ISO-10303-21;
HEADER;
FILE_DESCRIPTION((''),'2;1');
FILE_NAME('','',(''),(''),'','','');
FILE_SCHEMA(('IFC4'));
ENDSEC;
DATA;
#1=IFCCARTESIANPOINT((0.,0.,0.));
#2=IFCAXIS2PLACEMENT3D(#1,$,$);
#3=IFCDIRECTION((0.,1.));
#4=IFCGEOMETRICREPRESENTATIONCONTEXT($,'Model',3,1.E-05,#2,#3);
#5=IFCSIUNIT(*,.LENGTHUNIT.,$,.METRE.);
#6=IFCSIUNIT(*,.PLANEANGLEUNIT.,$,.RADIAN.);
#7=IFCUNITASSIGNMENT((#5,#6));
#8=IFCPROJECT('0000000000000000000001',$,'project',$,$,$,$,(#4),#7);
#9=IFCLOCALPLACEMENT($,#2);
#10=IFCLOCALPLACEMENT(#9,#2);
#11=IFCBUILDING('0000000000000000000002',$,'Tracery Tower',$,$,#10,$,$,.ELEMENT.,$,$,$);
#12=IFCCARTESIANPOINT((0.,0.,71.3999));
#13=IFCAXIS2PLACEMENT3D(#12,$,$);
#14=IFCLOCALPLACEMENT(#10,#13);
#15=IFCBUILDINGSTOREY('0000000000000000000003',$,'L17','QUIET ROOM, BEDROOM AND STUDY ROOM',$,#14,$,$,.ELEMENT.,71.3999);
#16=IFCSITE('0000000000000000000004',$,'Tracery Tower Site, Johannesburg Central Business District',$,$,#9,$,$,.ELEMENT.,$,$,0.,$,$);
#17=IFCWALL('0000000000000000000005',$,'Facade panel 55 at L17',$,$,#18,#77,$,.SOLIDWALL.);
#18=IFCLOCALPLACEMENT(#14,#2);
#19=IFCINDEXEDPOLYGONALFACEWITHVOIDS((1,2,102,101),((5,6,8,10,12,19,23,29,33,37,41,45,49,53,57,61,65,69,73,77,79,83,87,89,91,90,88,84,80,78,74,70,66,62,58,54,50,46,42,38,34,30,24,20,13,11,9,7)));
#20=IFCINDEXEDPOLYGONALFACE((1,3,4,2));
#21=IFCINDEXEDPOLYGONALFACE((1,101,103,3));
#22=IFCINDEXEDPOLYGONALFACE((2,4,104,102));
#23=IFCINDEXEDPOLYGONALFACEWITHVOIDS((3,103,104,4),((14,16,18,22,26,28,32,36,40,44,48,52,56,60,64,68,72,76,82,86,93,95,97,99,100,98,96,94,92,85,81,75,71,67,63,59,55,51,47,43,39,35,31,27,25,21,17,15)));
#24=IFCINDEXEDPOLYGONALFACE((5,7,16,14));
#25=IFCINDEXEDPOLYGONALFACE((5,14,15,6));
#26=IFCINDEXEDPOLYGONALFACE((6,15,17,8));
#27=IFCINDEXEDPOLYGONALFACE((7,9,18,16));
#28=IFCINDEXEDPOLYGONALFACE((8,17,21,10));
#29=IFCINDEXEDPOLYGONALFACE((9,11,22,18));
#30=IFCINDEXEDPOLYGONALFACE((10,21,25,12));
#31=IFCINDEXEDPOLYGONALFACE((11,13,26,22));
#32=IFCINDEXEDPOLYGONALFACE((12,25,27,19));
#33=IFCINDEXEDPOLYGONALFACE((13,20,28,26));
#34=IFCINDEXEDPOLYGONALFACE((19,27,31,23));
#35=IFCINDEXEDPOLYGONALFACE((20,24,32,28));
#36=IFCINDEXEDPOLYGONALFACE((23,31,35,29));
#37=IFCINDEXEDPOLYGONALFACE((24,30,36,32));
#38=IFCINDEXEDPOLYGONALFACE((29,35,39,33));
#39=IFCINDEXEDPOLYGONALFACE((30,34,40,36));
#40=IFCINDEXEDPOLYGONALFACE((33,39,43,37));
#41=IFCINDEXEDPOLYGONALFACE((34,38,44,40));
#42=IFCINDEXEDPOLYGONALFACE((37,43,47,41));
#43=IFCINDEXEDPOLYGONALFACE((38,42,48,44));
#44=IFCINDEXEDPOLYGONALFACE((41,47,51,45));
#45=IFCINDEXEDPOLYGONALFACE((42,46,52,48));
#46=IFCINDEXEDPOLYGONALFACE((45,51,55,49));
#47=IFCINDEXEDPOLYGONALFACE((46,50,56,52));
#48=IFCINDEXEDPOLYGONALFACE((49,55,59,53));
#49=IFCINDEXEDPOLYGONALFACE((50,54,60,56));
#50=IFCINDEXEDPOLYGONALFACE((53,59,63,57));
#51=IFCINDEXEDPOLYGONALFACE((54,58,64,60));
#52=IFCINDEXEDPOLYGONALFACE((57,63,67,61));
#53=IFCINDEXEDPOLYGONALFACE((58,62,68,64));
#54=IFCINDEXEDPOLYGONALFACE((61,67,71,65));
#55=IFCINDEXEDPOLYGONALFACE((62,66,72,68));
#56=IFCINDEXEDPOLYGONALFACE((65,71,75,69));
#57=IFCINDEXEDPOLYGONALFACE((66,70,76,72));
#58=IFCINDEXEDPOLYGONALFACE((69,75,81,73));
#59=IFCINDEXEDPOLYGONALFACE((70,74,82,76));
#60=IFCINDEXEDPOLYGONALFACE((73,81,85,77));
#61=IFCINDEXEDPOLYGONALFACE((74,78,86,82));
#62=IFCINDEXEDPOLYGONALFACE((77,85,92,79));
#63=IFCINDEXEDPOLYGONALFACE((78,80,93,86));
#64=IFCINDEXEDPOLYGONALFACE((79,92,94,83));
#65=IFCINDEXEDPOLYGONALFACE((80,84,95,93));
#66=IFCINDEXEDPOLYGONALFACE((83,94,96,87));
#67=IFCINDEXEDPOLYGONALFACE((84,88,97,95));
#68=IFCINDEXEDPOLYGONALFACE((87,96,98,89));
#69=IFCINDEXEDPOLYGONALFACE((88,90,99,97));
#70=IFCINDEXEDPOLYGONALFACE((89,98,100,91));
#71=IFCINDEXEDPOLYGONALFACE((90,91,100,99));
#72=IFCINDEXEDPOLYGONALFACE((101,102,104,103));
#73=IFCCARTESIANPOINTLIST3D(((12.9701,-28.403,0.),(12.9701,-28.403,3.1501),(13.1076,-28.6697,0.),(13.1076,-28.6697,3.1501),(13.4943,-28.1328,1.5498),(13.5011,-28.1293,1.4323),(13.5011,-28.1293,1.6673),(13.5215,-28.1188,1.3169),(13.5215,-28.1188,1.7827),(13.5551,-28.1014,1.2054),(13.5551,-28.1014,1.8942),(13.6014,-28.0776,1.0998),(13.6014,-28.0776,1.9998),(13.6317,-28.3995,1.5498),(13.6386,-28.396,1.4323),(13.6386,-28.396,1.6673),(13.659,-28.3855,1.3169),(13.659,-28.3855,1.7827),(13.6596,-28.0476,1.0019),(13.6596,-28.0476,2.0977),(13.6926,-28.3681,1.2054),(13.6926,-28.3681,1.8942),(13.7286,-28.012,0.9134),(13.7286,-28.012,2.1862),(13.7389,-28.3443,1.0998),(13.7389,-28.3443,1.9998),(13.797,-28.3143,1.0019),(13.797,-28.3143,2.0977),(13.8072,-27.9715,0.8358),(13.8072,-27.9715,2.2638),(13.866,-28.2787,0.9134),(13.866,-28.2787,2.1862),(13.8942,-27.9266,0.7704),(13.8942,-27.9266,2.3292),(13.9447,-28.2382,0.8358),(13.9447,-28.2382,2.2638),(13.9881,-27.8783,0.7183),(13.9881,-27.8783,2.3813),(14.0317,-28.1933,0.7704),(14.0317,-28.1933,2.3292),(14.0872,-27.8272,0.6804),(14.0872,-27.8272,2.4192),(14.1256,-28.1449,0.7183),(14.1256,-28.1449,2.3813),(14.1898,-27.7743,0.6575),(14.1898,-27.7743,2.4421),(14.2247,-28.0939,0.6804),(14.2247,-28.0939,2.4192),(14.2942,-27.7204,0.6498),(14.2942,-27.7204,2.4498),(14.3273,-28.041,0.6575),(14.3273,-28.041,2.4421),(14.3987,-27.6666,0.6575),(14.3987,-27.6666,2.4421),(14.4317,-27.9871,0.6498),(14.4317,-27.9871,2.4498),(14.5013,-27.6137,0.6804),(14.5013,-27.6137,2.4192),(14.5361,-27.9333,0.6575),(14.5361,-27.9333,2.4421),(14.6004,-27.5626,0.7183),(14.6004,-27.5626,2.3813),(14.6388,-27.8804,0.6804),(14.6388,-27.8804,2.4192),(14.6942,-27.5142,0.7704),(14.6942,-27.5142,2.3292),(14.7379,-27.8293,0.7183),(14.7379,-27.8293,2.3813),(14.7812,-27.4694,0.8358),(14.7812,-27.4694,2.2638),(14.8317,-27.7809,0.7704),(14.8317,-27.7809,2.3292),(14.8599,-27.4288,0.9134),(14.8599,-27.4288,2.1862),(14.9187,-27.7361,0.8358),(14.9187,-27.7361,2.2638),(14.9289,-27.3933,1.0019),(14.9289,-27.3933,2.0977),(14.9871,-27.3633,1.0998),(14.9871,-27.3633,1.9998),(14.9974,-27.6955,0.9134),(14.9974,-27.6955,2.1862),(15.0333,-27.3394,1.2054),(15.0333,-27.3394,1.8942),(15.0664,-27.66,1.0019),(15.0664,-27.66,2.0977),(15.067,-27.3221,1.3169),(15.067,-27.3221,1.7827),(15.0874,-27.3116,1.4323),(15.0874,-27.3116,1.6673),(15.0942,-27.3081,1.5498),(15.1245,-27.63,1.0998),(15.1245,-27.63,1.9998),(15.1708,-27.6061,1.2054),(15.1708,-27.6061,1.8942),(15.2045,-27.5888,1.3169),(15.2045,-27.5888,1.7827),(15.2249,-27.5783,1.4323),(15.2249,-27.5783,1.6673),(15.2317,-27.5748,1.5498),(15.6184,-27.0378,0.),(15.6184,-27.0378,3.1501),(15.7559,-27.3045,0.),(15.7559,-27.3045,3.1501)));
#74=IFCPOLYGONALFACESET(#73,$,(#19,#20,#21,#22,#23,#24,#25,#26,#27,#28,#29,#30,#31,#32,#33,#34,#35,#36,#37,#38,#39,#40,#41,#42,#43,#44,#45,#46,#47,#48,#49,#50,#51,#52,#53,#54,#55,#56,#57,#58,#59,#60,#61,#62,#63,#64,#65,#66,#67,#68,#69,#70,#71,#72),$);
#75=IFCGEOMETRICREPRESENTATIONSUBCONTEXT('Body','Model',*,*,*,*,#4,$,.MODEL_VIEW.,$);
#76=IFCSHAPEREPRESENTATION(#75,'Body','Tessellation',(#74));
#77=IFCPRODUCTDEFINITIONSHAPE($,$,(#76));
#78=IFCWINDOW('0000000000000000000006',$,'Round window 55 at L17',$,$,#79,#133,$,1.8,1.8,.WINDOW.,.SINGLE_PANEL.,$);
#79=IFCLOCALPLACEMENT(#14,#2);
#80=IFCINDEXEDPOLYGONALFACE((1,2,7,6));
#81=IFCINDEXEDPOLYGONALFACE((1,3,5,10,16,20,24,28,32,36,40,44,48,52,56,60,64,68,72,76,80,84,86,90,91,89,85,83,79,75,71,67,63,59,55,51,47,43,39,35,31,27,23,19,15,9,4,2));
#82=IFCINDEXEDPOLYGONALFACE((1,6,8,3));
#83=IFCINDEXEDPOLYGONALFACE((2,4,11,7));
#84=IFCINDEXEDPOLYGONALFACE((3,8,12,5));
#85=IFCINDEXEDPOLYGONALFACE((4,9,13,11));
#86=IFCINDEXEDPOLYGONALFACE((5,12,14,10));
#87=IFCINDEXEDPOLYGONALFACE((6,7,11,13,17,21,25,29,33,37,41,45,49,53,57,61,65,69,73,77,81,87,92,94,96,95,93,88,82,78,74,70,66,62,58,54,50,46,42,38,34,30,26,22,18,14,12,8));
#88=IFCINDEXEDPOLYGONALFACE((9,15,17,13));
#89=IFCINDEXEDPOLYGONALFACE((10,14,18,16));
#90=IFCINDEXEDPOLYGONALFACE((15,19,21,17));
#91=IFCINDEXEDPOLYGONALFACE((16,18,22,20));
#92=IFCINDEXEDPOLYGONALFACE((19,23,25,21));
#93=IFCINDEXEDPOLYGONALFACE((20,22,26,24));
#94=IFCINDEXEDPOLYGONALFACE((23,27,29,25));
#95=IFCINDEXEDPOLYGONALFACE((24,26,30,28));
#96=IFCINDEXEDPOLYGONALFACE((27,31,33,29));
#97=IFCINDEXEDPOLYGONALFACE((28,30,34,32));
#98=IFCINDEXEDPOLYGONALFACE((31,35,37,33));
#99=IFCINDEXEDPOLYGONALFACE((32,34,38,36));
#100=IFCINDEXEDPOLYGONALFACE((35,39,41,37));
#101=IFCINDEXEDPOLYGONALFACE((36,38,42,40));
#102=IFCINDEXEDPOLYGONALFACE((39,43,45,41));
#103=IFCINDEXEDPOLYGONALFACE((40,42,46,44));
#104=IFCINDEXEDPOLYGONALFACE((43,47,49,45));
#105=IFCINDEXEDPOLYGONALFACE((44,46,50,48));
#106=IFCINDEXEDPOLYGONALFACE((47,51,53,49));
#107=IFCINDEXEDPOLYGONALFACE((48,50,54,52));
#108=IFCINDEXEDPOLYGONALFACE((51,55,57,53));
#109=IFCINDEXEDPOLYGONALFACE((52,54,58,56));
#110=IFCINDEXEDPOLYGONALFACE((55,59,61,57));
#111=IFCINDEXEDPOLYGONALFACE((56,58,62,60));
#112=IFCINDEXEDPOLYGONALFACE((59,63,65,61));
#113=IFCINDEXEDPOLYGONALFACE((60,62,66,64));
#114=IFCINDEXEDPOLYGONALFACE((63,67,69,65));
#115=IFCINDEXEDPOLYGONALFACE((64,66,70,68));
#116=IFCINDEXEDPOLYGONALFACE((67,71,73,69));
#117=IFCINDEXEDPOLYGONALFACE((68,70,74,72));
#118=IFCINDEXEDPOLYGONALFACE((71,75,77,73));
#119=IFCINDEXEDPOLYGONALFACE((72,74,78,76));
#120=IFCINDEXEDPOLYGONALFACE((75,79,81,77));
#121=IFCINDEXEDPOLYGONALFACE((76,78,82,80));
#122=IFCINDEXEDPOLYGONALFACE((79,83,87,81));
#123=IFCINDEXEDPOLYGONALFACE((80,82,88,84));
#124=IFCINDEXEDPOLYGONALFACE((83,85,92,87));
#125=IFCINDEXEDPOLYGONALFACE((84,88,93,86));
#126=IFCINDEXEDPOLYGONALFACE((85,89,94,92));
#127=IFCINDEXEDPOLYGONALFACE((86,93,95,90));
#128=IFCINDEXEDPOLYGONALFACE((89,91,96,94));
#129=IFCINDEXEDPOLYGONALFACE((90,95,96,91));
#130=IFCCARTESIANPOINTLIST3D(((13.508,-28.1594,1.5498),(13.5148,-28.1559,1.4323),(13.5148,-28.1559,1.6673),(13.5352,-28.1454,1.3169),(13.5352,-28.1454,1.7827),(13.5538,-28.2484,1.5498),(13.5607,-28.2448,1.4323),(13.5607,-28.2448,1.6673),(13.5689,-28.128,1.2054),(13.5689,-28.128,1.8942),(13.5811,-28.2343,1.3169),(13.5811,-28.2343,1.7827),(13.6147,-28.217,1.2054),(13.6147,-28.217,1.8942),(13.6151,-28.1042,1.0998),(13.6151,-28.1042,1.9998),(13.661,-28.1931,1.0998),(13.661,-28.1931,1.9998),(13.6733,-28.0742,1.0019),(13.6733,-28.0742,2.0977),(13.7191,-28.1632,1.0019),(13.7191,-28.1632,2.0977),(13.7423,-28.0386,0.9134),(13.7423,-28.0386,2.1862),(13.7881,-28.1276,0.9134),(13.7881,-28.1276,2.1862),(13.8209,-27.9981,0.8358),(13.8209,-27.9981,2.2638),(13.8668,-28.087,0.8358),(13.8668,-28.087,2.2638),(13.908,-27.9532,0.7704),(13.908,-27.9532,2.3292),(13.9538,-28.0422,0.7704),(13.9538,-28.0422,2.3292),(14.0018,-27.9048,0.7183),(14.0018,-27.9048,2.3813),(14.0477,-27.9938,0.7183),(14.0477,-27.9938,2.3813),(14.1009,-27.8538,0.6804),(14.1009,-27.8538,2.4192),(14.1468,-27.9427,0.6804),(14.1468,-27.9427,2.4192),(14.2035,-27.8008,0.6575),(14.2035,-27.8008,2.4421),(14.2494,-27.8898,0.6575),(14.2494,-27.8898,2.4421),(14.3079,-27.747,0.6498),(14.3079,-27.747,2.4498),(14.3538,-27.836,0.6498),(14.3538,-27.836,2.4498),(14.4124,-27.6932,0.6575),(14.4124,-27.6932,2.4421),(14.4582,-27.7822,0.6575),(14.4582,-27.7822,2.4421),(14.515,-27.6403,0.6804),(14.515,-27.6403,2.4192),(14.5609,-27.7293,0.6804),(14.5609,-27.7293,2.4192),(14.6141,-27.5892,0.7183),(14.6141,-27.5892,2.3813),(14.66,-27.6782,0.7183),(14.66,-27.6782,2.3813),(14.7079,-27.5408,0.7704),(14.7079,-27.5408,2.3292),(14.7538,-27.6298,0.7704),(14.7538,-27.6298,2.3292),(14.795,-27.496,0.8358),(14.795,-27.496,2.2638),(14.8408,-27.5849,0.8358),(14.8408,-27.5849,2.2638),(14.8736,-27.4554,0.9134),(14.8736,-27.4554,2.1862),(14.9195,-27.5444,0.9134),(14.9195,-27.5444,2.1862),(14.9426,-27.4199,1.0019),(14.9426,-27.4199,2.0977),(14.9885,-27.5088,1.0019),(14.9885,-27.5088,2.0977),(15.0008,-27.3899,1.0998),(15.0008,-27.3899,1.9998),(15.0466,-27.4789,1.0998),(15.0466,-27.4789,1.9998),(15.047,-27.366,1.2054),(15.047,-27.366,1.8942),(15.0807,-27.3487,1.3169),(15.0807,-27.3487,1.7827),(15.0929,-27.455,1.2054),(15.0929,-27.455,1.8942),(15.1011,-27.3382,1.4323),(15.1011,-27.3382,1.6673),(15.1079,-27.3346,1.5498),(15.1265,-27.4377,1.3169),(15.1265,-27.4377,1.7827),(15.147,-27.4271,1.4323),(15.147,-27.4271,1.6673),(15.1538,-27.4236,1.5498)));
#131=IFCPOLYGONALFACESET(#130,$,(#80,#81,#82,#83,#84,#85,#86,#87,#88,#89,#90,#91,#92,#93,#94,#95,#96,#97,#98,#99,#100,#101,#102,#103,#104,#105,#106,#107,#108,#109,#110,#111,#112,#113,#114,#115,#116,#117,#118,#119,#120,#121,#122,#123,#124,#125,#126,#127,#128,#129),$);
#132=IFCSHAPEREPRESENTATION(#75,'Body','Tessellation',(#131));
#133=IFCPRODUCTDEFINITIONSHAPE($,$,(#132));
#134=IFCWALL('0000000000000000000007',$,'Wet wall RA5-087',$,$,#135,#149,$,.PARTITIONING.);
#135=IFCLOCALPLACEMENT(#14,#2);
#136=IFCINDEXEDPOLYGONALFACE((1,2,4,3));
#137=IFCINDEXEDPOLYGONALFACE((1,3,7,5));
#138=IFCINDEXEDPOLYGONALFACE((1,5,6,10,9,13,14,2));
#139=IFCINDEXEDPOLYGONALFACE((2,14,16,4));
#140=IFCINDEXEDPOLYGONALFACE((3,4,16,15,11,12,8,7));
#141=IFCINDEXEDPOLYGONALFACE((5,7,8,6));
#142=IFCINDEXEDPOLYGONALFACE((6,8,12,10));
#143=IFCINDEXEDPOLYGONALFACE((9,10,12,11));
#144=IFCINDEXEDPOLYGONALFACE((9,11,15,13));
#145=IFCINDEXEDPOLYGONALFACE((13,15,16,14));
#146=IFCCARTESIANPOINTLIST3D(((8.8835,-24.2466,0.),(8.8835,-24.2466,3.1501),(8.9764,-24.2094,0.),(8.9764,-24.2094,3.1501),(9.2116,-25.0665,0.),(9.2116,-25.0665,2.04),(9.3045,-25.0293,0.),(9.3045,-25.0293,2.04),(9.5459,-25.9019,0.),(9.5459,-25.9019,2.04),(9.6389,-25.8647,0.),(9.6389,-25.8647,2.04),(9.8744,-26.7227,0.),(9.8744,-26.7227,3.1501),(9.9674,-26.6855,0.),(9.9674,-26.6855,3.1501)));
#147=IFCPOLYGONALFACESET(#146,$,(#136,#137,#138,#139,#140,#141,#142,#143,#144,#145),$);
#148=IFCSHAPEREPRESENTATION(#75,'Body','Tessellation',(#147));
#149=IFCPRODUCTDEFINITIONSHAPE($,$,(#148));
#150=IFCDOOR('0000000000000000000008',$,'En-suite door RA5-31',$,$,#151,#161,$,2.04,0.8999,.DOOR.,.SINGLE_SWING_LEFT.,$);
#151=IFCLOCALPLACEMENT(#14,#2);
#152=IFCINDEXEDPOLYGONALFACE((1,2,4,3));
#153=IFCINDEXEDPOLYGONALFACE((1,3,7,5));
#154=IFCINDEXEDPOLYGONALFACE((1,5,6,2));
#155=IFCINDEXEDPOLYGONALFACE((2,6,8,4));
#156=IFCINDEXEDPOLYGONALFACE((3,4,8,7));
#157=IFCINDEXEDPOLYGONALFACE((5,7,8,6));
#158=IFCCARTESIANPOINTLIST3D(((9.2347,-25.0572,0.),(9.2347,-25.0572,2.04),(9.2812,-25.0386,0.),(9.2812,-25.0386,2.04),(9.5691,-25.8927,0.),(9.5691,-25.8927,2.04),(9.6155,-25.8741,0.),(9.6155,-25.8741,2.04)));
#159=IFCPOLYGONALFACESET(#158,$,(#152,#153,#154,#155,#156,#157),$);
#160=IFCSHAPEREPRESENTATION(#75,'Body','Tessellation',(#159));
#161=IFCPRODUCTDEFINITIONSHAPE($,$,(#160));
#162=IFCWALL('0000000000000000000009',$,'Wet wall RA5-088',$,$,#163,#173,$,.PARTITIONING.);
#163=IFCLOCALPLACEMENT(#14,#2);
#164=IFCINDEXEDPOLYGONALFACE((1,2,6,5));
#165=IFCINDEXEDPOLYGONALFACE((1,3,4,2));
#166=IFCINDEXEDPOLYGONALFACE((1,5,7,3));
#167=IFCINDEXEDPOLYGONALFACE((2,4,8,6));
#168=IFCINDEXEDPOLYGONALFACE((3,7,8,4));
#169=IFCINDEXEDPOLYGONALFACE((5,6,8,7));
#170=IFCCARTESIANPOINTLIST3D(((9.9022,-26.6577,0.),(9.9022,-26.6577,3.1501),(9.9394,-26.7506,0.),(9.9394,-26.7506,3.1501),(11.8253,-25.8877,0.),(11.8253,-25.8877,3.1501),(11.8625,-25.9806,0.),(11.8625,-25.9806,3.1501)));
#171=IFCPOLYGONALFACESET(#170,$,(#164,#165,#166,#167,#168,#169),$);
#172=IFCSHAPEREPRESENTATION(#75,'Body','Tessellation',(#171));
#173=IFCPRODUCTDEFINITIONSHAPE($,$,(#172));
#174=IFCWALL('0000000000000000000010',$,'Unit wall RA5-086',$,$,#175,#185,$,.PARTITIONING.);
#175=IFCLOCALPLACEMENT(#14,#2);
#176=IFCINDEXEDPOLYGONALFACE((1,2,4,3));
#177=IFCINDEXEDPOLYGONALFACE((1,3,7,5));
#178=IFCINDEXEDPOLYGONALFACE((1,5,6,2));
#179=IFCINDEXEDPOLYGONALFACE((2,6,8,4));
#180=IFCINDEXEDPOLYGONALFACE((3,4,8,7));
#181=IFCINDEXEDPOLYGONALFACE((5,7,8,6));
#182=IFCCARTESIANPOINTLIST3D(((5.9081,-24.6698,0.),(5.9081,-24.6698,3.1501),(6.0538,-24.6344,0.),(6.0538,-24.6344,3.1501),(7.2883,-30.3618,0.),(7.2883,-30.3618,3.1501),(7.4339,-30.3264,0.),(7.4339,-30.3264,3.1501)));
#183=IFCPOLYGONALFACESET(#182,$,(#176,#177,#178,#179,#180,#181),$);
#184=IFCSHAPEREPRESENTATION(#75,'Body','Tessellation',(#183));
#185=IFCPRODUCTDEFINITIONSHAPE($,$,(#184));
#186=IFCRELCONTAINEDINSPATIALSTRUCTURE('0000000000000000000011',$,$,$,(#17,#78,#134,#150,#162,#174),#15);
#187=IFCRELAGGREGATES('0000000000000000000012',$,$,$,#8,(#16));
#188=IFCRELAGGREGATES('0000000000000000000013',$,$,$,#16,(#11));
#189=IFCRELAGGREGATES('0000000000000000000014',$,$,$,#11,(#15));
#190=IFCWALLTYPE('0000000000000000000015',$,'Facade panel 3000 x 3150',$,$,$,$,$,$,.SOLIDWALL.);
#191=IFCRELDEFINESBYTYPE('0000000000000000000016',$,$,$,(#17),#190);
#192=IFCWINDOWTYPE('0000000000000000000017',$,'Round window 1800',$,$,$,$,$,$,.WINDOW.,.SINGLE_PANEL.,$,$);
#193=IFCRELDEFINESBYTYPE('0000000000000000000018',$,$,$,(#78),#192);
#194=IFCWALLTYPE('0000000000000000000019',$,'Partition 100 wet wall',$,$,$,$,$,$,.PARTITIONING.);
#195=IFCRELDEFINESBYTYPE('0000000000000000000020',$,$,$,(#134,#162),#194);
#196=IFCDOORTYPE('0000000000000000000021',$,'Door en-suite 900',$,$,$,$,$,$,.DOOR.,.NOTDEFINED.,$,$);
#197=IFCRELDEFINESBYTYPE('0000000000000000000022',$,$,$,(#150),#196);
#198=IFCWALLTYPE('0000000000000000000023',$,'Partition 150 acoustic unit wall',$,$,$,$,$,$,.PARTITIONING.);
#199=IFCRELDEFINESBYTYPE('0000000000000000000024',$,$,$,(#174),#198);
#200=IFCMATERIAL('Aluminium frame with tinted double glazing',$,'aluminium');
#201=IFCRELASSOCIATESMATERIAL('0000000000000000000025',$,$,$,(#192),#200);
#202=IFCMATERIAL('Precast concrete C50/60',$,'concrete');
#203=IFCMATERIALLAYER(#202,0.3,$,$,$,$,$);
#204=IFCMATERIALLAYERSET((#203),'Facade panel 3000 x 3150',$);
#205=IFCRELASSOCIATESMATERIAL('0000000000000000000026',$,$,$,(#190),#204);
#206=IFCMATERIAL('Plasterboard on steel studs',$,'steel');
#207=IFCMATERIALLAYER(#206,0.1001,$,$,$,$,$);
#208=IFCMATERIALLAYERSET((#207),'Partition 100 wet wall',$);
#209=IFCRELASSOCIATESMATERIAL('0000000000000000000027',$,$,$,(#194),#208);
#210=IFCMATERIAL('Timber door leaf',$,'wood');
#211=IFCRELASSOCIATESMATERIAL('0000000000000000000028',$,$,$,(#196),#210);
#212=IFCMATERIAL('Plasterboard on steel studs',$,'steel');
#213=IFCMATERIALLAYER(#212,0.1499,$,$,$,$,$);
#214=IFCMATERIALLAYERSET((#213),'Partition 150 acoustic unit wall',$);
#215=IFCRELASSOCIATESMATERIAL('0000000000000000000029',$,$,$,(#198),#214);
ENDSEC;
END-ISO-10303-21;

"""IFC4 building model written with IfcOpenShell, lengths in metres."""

from ifc_helpers import new_model, si_unit, direction, frame, frame_2d, origin, origin_2d, place, context, subcontext, project, spatial, rectangle, circle, extrude, material, layer, layer_set, type_object, element, fill, save


model = new_model("IFC4")

# Units and contexts
model_context = context("Model", 3, precision=1e-05, world=origin(), true_north=direction((0.0, 1.0)))
body_context = subcontext(model_context, "Body", "Model", "MODEL_VIEW")
ifc_project = project(units=[si_unit("LENGTHUNIT", "METRE"), si_unit("PLANEANGLEUNIT", "RADIAN")], contexts=[model_context])

# Site, building, storey
site_placement = place(None, origin())
site = spatial("IfcSite", under=ifc_project, at=site_placement, Name="Tracery Tower Site, Johannesburg Central Business District", CompositionType="ELEMENT", RefElevation=0.0)
building_placement = place(site_placement, origin())
building = spatial("IfcBuilding", under=site, at=building_placement, Name="Tracery Tower", CompositionType="ELEMENT")
storey_placement = place(building_placement, frame((0.0, 0.0, 71.3999)))
storey = spatial("IfcBuildingStorey", under=building, at=storey_placement, Name="L17", Description="QUIET ROOM, BEDROOM AND STUDY ROOM", CompositionType="ELEMENT", Elevation=71.3999)

# Wall, opening, window
ifc_material_1 = material(Name="Aluminium frame with tinted double glazing", Category="aluminium")
window_type = type_object("IfcWindowType", Name="Round window 1800", PartitioningType="SINGLE_PANEL", PredefinedType="WINDOW", material=ifc_material_1)
ifc_material_2 = material(Name="Precast concrete C50/60", Category="concrete")
ifc_layer_1 = layer(ifc_material_2, 0.3)
ifc_layer_set_1 = layer_set([ifc_layer_1], Name="Facade panel 3000 x 3150")
wall_type_1 = type_object("IfcWallType", Name="Facade panel 3000 x 3150", PredefinedType="SOLIDWALL", material=ifc_layer_set_1)
wall_1_placement = place(storey_placement, frame((13.0388, -28.5364, 0.0), z_axis=(0.0, 0.0, 1.0), x_axis=(0.888853, 0.458192, 0.0)))
wall_1 = element("IfcWall", 1, at=wall_1_placement, inside=storey, type_object=wall_type_1, Name="Facade panel 55 at L17", PredefinedType="SOLIDWALL", context=body_context, shape_type="SweptSolid", body=[
    extrude(rectangle(XDim=2.9795, YDim=0.3, at=frame_2d((1.4897, 0.0))), origin(), (0.0, 0.0, 1.0), 3.1501),
])
opening_1_placement = place(wall_1_placement, frame((1.4897, 0.0, 1.5498)))
opening_1 = element("IfcOpeningElement", 2, at=opening_1_placement, cuts=wall_1, PredefinedType="OPENING", context=body_context, shape_type="SweptSolid", body=[
    extrude(circle(Radius=0.9, at=origin_2d()), frame((0.0, 0.1599, 0.0), z_axis=(0.0, -1.0, 0.0), x_axis=(1.0, 0.0, 0.0)), (0.0, 0.0, 1.0), 0.3201),
])
window_1_placement = place(opening_1_placement, origin())
window_1 = element("IfcWindow", 3, at=window_1_placement, inside=storey, type_object=window_type, Name="Round window 55 at L17", OverallHeight=1.8, OverallWidth=1.8, PartitioningType="SINGLE_PANEL", PredefinedType="WINDOW", context=body_context, shape_type="SweptSolid", body=[
    extrude(circle(Radius=0.9, at=origin_2d()), frame((0.0, 0.1201, 0.0), z_axis=(0.0, -1.0, 0.0), x_axis=(1.0, 0.0, 0.0)), (0.0, 0.0, 1.0), 0.1001),
])
fill(opening_1, window_1)

# Wall, opening, door
ifc_material_3 = material(Name="Plasterboard on steel studs", Category="steel")
ifc_layer_2 = layer(ifc_material_3, 0.1001)
ifc_layer_set_2 = layer_set([ifc_layer_2], Name="Partition 100 wet wall")
wall_type_2 = type_object("IfcWallType", Name="Partition 100 wet wall", PredefinedType="PARTITIONING", material=ifc_layer_set_2)
wall_2_placement = place(storey_placement, frame((8.9299, -24.228, 0.0), z_axis=(0.0, 0.0, 1.0), x_axis=(0.371564, -0.928407, 0.0)))
wall_2 = element("IfcWall", 4, at=wall_2_placement, inside=storey, type_object=wall_type_2, Name="Wet wall RA5-087", PredefinedType="PARTITIONING", context=body_context, shape_type="SweptSolid", body=[
    extrude(rectangle(XDim=2.667, YDim=0.1001, at=frame_2d((1.3335, 0.0))), origin(), (0.0, 0.0, 1.0), 3.1501),
])
opening_2_placement = place(wall_2_placement, frame((0.8831, 0.0, 0.0)))
opening_2 = element("IfcOpeningElement", 5, at=opening_2_placement, cuts=wall_2, PredefinedType="OPENING", context=body_context, shape_type="SweptSolid", body=[
    extrude(rectangle(XDim=0.8999, YDim=2.04, at=frame_2d((0.45, 1.02))), frame((0.0, 0.05, 0.0), z_axis=(0.0, -1.0, 0.0), x_axis=(1.0, 0.0, 0.0)), (0.0, 0.0, 1.0), 0.1001),
])
ifc_material_4 = material(Name="Timber door leaf", Category="wood")
door_type = type_object("IfcDoorType", Name="Door en-suite 900", OperationType="NOTDEFINED", PredefinedType="DOOR", material=ifc_material_4)
door_placement = place(opening_2_placement, origin())
door = element("IfcDoor", 6, at=door_placement, inside=storey, type_object=door_type, Name="En-suite door RA5-31", OperationType="SINGLE_SWING_LEFT", OverallHeight=2.04, OverallWidth=0.8999, PredefinedType="DOOR", context=body_context, shape_type="SweptSolid", body=[
    extrude(rectangle(XDim=0.8999, YDim=2.04, at=frame_2d((0.45, 1.02))), frame((0.0, 0.0249, 0.0), z_axis=(0.0, -1.0, 0.0), x_axis=(1.0, 0.0, 0.0)), (0.0, 0.0, 1.0), 0.05),
])
fill(opening_2, door)

# Walls
wall_3_placement = place(storey_placement, frame((9.9209, -26.7041, 0.0), z_axis=(0.0, 0.0, 1.0), x_axis=(0.928347, 0.371716, 0.0)))
element("IfcWall", 7, at=wall_3_placement, inside=storey, type_object=wall_type_2, Name="Wet wall RA5-088", PredefinedType="PARTITIONING", context=body_context, shape_type="SweptSolid", body=[
    extrude(rectangle(XDim=2.0715, YDim=0.1001, at=frame_2d((1.0356, 0.0))), origin(), (0.0, 0.0, 1.0), 3.1501),
])
ifc_material_5 = material(Name="Plasterboard on steel studs", Category="steel")
ifc_layer_3 = layer(ifc_material_5, 0.1499)
ifc_layer_set_3 = layer_set([ifc_layer_3], Name="Partition 150 acoustic unit wall")
wall_type_3 = type_object("IfcWallType", Name="Partition 150 acoustic unit wall", PredefinedType="PARTITIONING", material=ifc_layer_set_3)
wall_4_placement = place(storey_placement, frame((5.981, -24.6521, 0.0), z_axis=(0.0, 0.0, 1.0), x_axis=(0.235644, -0.971839, 0.0)))
element("IfcWall", 8, at=wall_4_placement, inside=storey, type_object=wall_type_3, Name="Unit wall RA5-086", PredefinedType="PARTITIONING", context=body_context, shape_type="SweptSolid", body=[
    extrude(rectangle(XDim=5.8569, YDim=0.1499, at=frame_2d((2.9285, 0.0))), origin(), (0.0, 0.0, 1.0), 3.1501),
])

save(model, "model.ifc")
